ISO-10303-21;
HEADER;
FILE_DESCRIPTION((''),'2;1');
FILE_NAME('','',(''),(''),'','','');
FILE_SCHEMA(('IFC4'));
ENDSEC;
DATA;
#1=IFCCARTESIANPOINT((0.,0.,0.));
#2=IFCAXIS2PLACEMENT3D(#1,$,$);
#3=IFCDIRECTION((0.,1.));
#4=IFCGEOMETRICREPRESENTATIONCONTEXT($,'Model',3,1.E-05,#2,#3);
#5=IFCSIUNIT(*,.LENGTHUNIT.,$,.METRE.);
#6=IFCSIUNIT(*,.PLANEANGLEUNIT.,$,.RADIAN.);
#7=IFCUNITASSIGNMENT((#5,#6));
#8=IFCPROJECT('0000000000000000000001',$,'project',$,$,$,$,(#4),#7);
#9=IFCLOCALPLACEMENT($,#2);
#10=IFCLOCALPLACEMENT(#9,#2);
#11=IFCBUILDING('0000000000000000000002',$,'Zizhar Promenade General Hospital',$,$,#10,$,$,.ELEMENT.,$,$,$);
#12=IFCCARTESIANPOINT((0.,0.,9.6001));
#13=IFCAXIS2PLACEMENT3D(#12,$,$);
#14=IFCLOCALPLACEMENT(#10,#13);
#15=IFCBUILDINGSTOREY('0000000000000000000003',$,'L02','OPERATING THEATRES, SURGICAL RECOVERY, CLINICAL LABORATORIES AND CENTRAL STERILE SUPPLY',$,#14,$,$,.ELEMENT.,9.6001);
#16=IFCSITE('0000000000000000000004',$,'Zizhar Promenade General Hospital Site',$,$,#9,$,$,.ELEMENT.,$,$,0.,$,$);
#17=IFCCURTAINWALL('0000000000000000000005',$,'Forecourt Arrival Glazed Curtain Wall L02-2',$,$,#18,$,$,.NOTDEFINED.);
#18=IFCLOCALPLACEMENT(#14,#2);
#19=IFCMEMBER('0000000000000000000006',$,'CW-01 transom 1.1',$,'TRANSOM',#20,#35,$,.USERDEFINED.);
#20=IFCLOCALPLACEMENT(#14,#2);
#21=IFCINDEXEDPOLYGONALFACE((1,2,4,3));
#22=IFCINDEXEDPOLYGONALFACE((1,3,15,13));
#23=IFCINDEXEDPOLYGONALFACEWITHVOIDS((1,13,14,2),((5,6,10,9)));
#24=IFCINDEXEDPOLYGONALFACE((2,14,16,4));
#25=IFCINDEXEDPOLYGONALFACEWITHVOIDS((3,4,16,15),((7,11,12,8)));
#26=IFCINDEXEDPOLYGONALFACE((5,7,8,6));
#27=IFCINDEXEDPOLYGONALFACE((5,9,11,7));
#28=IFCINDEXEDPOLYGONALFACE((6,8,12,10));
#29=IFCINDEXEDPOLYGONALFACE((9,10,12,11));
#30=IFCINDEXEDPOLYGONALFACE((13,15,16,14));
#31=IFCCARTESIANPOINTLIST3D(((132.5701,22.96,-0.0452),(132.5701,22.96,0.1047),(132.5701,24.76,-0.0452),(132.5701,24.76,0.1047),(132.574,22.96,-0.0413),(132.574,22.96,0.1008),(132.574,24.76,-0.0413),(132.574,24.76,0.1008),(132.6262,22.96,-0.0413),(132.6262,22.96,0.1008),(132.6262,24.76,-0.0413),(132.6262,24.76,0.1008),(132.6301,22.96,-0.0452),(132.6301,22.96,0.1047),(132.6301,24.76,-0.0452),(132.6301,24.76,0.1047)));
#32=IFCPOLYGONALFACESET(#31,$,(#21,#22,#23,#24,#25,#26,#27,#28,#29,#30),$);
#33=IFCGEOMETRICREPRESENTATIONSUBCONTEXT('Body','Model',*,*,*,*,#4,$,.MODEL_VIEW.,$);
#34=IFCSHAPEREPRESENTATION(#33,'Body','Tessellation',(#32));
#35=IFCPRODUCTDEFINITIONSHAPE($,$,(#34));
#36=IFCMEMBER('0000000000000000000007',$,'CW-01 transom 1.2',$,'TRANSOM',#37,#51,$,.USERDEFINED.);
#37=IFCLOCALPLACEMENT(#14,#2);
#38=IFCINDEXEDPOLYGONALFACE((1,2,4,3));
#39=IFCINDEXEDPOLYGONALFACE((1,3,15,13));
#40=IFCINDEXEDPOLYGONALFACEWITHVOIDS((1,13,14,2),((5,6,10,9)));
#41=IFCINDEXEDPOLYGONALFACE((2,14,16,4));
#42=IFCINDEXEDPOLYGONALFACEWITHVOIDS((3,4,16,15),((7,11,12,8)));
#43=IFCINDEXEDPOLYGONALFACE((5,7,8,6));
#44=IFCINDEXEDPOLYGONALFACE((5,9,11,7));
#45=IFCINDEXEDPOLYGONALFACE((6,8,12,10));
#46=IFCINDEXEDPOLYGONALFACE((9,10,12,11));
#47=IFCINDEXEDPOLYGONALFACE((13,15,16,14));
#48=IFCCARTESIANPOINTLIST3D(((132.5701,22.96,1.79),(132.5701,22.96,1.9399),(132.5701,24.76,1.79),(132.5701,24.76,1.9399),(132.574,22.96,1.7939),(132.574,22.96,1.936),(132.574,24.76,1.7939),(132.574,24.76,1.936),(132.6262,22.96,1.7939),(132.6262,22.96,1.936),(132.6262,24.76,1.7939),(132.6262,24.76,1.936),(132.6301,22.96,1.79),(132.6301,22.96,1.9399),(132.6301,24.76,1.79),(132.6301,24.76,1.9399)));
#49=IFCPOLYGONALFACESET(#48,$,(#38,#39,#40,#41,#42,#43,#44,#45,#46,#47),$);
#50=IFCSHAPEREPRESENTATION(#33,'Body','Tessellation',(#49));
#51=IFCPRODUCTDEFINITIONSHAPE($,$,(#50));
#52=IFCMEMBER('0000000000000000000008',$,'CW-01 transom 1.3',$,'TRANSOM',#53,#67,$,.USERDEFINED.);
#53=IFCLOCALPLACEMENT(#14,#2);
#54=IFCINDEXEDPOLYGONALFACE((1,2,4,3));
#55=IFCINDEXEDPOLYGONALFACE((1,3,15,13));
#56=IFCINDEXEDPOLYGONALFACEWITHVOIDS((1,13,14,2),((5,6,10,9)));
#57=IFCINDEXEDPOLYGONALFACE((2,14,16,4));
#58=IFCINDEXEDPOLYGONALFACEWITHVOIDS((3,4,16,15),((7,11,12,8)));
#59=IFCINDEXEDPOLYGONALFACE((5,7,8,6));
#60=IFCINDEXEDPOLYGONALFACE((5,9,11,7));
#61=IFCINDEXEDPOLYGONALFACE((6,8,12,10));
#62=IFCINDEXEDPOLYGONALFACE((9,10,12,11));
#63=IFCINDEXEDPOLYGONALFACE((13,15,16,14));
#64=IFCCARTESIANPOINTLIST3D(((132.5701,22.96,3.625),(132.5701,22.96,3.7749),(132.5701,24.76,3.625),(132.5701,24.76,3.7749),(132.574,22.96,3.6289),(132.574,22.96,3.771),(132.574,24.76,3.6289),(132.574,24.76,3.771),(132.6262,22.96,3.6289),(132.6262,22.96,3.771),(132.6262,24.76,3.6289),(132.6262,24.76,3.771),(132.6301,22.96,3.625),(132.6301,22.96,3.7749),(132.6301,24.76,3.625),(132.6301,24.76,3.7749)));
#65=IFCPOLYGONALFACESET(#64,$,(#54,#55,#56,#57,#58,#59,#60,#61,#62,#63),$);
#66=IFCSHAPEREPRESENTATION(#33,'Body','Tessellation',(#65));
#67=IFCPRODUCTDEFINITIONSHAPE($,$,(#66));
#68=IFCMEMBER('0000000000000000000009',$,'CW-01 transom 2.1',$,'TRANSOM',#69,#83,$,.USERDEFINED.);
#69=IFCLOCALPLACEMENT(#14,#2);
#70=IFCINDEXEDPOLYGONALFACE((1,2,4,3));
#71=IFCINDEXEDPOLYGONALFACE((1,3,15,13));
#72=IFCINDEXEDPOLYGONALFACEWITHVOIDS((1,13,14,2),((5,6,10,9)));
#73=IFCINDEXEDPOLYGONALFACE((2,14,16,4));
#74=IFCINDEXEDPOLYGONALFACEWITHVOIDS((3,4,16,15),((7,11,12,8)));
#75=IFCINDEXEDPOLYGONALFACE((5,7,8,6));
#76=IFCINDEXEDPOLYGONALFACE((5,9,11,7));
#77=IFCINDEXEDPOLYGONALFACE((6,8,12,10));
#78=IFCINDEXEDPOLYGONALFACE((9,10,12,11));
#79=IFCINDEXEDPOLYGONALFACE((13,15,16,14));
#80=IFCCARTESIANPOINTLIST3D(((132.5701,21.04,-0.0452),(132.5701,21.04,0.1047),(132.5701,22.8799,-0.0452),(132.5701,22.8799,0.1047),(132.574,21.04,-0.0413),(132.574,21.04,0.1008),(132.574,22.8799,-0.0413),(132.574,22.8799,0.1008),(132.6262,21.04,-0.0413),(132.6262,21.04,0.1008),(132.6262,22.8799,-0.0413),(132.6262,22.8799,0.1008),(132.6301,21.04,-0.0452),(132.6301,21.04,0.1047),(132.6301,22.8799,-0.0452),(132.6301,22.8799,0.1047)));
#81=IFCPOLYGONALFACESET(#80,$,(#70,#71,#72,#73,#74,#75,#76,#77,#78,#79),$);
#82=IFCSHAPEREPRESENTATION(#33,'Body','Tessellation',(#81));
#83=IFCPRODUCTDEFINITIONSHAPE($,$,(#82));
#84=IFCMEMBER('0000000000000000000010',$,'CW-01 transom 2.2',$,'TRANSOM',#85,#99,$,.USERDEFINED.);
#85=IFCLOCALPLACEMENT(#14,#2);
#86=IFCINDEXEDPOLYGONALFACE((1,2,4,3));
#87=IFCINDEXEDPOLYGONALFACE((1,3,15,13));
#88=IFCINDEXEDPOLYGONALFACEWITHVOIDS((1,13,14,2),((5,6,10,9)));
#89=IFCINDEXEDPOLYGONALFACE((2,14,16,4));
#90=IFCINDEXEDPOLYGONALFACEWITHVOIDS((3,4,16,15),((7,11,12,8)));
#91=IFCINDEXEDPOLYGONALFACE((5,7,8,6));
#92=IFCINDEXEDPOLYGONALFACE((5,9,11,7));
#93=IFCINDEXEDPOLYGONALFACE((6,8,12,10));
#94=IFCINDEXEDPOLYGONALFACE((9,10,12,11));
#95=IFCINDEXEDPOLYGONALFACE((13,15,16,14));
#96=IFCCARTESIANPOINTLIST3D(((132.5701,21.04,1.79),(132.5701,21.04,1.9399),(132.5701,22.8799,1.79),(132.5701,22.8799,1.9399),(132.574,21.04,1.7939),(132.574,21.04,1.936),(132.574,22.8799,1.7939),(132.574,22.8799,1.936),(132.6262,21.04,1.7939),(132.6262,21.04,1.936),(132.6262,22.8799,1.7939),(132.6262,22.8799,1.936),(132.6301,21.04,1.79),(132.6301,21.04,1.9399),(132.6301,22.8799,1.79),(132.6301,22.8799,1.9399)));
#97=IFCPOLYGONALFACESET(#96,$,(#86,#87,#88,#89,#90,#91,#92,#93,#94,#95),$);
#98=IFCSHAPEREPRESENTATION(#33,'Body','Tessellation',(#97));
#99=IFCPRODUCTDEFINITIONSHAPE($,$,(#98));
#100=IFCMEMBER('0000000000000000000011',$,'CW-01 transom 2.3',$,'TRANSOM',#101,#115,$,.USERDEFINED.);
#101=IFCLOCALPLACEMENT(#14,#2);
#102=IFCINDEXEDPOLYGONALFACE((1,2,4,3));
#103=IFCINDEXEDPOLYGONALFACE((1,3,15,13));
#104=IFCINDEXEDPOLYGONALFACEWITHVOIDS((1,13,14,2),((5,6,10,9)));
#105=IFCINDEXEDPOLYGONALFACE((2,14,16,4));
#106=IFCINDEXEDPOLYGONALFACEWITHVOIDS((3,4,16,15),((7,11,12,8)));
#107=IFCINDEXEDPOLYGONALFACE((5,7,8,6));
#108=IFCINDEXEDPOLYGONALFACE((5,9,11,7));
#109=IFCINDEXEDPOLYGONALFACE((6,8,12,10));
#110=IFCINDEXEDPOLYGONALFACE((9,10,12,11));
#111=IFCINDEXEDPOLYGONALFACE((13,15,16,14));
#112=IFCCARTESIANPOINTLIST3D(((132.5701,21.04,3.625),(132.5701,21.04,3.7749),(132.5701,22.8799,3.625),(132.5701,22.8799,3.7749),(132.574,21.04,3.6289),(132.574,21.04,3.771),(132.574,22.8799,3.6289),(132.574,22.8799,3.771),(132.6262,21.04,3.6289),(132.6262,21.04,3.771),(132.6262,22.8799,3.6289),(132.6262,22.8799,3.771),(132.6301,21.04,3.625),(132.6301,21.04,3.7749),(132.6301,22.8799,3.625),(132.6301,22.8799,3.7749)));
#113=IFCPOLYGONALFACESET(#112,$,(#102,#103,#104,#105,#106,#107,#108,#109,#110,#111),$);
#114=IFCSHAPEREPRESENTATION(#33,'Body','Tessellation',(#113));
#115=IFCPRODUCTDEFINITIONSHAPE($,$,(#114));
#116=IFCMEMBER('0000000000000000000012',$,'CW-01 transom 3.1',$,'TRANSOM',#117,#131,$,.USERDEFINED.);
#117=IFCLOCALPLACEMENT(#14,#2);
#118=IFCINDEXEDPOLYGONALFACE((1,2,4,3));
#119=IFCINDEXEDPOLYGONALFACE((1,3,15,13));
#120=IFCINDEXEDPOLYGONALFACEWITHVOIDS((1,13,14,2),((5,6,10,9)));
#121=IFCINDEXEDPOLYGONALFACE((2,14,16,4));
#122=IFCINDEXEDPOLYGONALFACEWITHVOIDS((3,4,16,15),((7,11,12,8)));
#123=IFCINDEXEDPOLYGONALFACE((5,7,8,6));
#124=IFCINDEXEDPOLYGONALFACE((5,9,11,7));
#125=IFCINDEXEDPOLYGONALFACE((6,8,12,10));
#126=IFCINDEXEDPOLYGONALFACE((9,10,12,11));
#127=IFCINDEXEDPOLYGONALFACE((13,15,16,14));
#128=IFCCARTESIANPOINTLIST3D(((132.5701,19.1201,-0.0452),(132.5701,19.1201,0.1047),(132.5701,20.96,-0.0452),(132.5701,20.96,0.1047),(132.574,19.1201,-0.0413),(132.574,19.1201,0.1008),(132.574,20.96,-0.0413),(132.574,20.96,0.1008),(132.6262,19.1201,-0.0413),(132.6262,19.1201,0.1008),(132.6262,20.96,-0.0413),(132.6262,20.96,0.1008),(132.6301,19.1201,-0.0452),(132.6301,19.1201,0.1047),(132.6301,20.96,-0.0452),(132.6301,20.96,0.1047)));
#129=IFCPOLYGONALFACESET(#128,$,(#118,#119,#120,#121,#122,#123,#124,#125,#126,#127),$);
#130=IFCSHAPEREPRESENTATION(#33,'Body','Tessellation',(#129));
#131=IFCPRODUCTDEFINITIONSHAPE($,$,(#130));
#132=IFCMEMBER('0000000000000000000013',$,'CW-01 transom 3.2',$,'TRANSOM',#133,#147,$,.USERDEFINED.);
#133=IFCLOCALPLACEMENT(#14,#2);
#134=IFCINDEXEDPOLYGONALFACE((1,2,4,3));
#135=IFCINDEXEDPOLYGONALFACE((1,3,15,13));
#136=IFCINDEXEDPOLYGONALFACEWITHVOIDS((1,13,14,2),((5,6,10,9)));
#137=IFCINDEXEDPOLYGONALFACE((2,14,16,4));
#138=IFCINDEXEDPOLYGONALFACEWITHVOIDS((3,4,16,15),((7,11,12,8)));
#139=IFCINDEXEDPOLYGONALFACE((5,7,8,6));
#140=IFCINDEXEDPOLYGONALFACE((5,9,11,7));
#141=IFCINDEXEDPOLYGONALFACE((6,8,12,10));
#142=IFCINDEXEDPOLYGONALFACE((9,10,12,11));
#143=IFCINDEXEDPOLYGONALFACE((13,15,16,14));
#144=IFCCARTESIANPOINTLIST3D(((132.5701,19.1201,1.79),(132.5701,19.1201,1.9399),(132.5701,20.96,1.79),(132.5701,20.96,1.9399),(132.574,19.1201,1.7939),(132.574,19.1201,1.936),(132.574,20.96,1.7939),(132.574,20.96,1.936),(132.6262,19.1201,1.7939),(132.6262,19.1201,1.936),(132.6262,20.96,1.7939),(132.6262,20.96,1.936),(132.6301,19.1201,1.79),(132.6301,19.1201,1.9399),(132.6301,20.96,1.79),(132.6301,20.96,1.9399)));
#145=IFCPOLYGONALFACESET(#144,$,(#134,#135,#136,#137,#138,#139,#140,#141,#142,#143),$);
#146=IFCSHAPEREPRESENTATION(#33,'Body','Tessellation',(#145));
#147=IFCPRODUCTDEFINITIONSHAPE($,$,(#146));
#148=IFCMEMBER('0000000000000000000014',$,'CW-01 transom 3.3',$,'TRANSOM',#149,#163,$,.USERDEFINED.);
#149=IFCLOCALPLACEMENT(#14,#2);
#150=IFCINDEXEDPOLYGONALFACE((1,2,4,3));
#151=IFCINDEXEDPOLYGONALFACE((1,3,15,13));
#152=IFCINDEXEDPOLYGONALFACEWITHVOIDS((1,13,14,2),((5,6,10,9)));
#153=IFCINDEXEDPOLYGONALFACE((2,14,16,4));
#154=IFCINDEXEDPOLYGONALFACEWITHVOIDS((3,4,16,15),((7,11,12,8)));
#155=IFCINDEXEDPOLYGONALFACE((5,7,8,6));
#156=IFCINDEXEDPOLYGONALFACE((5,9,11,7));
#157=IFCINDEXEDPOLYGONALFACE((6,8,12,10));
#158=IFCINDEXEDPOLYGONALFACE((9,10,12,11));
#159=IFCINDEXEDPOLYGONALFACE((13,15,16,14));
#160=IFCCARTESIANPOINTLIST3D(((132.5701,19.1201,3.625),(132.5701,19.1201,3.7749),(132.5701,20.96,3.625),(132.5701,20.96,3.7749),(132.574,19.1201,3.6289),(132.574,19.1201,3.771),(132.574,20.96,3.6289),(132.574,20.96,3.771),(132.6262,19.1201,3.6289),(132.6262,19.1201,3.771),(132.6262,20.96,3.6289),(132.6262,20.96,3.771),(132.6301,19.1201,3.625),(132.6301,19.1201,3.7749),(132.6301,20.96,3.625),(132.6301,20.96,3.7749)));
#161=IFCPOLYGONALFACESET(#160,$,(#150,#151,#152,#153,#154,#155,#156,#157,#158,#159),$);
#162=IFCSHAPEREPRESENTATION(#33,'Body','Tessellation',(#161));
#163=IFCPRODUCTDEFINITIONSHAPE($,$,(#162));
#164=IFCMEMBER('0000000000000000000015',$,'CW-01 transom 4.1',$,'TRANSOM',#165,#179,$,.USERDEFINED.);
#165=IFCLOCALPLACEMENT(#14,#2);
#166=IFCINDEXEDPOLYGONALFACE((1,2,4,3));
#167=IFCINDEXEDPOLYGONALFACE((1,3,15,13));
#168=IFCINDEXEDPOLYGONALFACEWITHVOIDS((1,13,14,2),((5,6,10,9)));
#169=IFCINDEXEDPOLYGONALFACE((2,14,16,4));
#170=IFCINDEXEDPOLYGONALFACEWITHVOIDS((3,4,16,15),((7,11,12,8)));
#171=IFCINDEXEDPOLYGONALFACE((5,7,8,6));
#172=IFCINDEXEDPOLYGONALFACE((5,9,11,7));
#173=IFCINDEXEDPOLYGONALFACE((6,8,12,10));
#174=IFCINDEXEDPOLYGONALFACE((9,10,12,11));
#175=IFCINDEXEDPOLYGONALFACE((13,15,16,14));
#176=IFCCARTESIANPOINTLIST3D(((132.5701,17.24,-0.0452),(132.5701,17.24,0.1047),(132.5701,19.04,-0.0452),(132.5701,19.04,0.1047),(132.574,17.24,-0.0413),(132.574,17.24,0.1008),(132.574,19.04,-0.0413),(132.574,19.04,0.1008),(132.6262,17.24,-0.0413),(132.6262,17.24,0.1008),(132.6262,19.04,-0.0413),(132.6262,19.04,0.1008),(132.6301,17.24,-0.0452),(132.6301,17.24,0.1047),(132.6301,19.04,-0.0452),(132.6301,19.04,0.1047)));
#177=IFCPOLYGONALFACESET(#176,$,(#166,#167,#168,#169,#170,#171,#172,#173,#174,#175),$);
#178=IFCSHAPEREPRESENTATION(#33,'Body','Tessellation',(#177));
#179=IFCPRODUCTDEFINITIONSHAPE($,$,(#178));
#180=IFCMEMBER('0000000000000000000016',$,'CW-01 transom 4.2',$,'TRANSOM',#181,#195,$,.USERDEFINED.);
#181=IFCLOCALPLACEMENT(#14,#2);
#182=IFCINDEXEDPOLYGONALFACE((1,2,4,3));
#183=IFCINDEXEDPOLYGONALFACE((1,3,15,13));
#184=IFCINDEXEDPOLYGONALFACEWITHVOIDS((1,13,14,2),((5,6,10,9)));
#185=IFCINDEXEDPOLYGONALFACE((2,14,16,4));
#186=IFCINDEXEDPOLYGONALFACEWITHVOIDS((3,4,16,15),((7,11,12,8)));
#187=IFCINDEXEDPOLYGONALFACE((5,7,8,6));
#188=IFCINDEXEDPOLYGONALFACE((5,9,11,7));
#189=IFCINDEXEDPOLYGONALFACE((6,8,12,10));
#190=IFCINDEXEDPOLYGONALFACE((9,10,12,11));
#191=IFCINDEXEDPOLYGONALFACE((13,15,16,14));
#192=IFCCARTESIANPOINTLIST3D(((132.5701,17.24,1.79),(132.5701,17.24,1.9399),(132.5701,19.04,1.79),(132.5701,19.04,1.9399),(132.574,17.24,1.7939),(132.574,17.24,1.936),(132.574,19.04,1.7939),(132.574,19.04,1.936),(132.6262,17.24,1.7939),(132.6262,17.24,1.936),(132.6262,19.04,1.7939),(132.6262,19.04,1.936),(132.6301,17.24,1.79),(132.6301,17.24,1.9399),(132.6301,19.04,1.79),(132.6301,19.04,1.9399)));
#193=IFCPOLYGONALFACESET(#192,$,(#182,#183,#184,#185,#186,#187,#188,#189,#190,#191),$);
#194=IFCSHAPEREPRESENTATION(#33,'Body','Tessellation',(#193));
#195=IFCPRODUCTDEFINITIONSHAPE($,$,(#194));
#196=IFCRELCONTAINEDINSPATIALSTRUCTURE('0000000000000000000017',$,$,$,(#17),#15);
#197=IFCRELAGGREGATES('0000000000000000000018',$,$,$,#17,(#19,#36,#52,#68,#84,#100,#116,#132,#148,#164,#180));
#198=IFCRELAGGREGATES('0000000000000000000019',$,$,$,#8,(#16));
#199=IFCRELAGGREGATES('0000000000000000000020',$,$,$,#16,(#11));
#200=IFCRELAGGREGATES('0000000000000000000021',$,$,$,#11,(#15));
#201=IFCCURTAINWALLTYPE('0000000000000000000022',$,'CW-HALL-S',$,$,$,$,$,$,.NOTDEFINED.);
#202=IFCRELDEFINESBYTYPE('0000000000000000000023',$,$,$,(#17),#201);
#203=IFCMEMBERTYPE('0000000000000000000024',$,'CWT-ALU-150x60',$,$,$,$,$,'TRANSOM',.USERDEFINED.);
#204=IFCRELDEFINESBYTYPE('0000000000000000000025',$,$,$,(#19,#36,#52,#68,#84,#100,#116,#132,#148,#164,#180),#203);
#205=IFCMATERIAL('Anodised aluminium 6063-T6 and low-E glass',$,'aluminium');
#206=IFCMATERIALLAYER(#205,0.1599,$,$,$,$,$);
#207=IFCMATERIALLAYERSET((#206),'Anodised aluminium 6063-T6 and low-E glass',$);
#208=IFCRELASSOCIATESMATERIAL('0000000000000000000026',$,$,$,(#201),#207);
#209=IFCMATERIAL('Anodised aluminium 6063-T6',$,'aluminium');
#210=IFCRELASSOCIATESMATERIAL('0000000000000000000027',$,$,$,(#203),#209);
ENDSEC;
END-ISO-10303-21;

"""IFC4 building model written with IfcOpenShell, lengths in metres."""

from ifc_helpers import new_model, si_unit, direction, frame, origin, origin_2d, place, context, subcontext, project, spatial, hollow_rectangle, extrude, material, layer, layer_set, material_profile, profile_set, type_object, element, aggregate, save


model = new_model("IFC4")

# Units and contexts
model_context = context("Model", 3, precision=1e-05, world=origin(), true_north=direction((0.0, 1.0)))
body_context = subcontext(model_context, "Body", "Model", "MODEL_VIEW")
ifc_project = project(units=[si_unit("LENGTHUNIT", "METRE"), si_unit("PLANEANGLEUNIT", "RADIAN")], contexts=[model_context])

# Site, building, storey
site_placement = place(None, origin())
site = spatial("IfcSite", under=ifc_project, at=site_placement, Name="Zizhar Promenade General Hospital Site", CompositionType="ELEMENT", RefElevation=0.0)
building_placement = place(site_placement, origin())
building = spatial("IfcBuilding", under=site, at=building_placement, Name="Zizhar Promenade General Hospital", CompositionType="ELEMENT")
storey_placement = place(building_placement, frame((0.0, 0.0, 9.6001)))
storey = spatial("IfcBuildingStorey", under=building, at=storey_placement, Name="L02", Description="OPERATING THEATRES, SURGICAL RECOVERY, CLINICAL LABORATORIES AND CENTRAL STERILE SUPPLY", CompositionType="ELEMENT", Elevation=9.6001)

# Curtain wall, members
ifc_material_1 = material(Name="Anodised aluminium 6063-T6 and low-E glass", Category="aluminium")
ifc_layer_1 = layer(ifc_material_1, 0.1599)
ifc_layer_set_1 = layer_set([ifc_layer_1], Name="Anodised aluminium 6063-T6 and low-E glass")
curtain_wall_type = type_object("IfcCurtainWallType", Name="CW-HALL-S", PredefinedType="NOTDEFINED", material=ifc_layer_set_1)
curtain_wall_placement = place(storey_placement, origin())
curtain_wall = element("IfcCurtainWall", 1, at=curtain_wall_placement, inside=storey, type_object=curtain_wall_type, Name="Forecourt Arrival Glazed Curtain Wall L02-2", PredefinedType="NOTDEFINED")
ifc_material_2 = material(Name="Anodised aluminium 6063-T6", Category="aluminium")
ifc_material_profile_1 = material_profile(ifc_material_2, hollow_rectangle(XDim=0.0601, YDim=0.1499, WallThickness=0.0039, at=origin_2d()))
ifc_profile_set_1 = profile_set([ifc_material_profile_1], Name="Anodised aluminium 6063-T6")
member_type_1 = type_object("IfcMemberType", Name="CWT-ALU-150x60", ElementType="TRANSOM", PredefinedType="USERDEFINED", material=ifc_profile_set_1)
member_1_placement = place(storey_placement, frame((132.6001, 24.76, 0.0298), z_axis=(0.0, -1.0, 0.0), x_axis=(1.0, 0.0, 0.0)))
member_1 = element("IfcMember", 2, at=member_1_placement, type_object=member_type_1, Name="CW-01 transom 1.1", ObjectType="TRANSOM", PredefinedType="USERDEFINED", context=body_context, shape_type="SweptSolid", body=[
    extrude(hollow_rectangle(XDim=0.0601, YDim=0.1499, WallThickness=0.0039, at=origin_2d()), origin(), (0.0, 0.0, 1.0), 1.8),
])
member_2_placement = place(storey_placement, frame((132.6001, 24.76, 1.865), z_axis=(0.0, -1.0, 0.0), x_axis=(1.0, 0.0, 0.0)))
member_2 = element("IfcMember", 3, at=member_2_placement, type_object=member_type_1, Name="CW-01 transom 1.2", ObjectType="TRANSOM", PredefinedType="USERDEFINED", context=body_context, shape_type="SweptSolid", body=[
    extrude(hollow_rectangle(XDim=0.0601, YDim=0.1499, WallThickness=0.0039, at=origin_2d()), origin(), (0.0, 0.0, 1.0), 1.8),
])
member_3_placement = place(storey_placement, frame((132.6001, 24.76, 3.7), z_axis=(0.0, -1.0, 0.0), x_axis=(1.0, 0.0, 0.0)))
member_3 = element("IfcMember", 4, at=member_3_placement, type_object=member_type_1, Name="CW-01 transom 1.3", ObjectType="TRANSOM", PredefinedType="USERDEFINED", context=body_context, shape_type="SweptSolid", body=[
    extrude(hollow_rectangle(XDim=0.0601, YDim=0.1499, WallThickness=0.0039, at=origin_2d()), origin(), (0.0, 0.0, 1.0), 1.8),
])
member_4_placement = place(storey_placement, frame((132.6001, 22.8799, 0.0298), z_axis=(0.0, -1.0, 0.0), x_axis=(1.0, 0.0, 0.0)))
member_4 = element("IfcMember", 5, at=member_4_placement, type_object=member_type_1, Name="CW-01 transom 2.1", ObjectType="TRANSOM", PredefinedType="USERDEFINED", context=body_context, shape_type="SweptSolid", body=[
    extrude(hollow_rectangle(XDim=0.0601, YDim=0.1499, WallThickness=0.0039, at=origin_2d()), origin(), (0.0, 0.0, 1.0), 1.8398),
])
member_5_placement = place(storey_placement, frame((132.6001, 22.8799, 1.865), z_axis=(0.0, -1.0, 0.0), x_axis=(1.0, 0.0, 0.0)))
member_5 = element("IfcMember", 6, at=member_5_placement, type_object=member_type_1, Name="CW-01 transom 2.2", ObjectType="TRANSOM", PredefinedType="USERDEFINED", context=body_context, shape_type="SweptSolid", body=[
    extrude(hollow_rectangle(XDim=0.0601, YDim=0.1499, WallThickness=0.0039, at=origin_2d()), origin(), (0.0, 0.0, 1.0), 1.8398),
])
member_6_placement = place(storey_placement, frame((132.6001, 22.8799, 3.7), z_axis=(0.0, -1.0, 0.0), x_axis=(1.0, 0.0, 0.0)))
member_6 = element("IfcMember", 7, at=member_6_placement, type_object=member_type_1, Name="CW-01 transom 2.3", ObjectType="TRANSOM", PredefinedType="USERDEFINED", context=body_context, shape_type="SweptSolid", body=[
    extrude(hollow_rectangle(XDim=0.0601, YDim=0.1499, WallThickness=0.0039, at=origin_2d()), origin(), (0.0, 0.0, 1.0), 1.8398),
])
member_7_placement = place(storey_placement, frame((132.6001, 20.96, 0.0298), z_axis=(0.0, -1.0, 0.0), x_axis=(1.0, 0.0, 0.0)))
member_7 = element("IfcMember", 8, at=member_7_placement, type_object=member_type_1, Name="CW-01 transom 3.1", ObjectType="TRANSOM", PredefinedType="USERDEFINED", context=body_context, shape_type="SweptSolid", body=[
    extrude(hollow_rectangle(XDim=0.0601, YDim=0.1499, WallThickness=0.0039, at=origin_2d()), origin(), (0.0, 0.0, 1.0), 1.8398),
])
member_8_placement = place(storey_placement, frame((132.6001, 20.96, 1.865), z_axis=(0.0, -1.0, 0.0), x_axis=(1.0, 0.0, 0.0)))
member_8 = element("IfcMember", 9, at=member_8_placement, type_object=member_type_1, Name="CW-01 transom 3.2", ObjectType="TRANSOM", PredefinedType="USERDEFINED", context=body_context, shape_type="SweptSolid", body=[
    extrude(hollow_rectangle(XDim=0.0601, YDim=0.1499, WallThickness=0.0039, at=origin_2d()), origin(), (0.0, 0.0, 1.0), 1.8398),
])
member_9_placement = place(storey_placement, frame((132.6001, 20.96, 3.7), z_axis=(0.0, -1.0, 0.0), x_axis=(1.0, 0.0, 0.0)))
member_9 = element("IfcMember", 10, at=member_9_placement, type_object=member_type_1, Name="CW-01 transom 3.3", ObjectType="TRANSOM", PredefinedType="USERDEFINED", context=body_context, shape_type="SweptSolid", body=[
    extrude(hollow_rectangle(XDim=0.0601, YDim=0.1499, WallThickness=0.0039, at=origin_2d()), origin(), (0.0, 0.0, 1.0), 1.8398),
])
member_10_placement = place(storey_placement, frame((132.6001, 19.04, 0.0298), z_axis=(0.0, -1.0, 0.0), x_axis=(1.0, 0.0, 0.0)))
member_10 = element("IfcMember", 11, at=member_10_placement, type_object=member_type_1, Name="CW-01 transom 4.1", ObjectType="TRANSOM", PredefinedType="USERDEFINED", context=body_context, shape_type="SweptSolid", body=[
    extrude(hollow_rectangle(XDim=0.0601, YDim=0.1499, WallThickness=0.0039, at=origin_2d()), origin(), (0.0, 0.0, 1.0), 1.8),
])
member_11_placement = place(storey_placement, frame((132.6001, 19.04, 1.865), z_axis=(0.0, -1.0, 0.0), x_axis=(1.0, 0.0, 0.0)))
member_11 = element("IfcMember", 12, at=member_11_placement, type_object=member_type_1, Name="CW-01 transom 4.2", ObjectType="TRANSOM", PredefinedType="USERDEFINED", context=body_context, shape_type="SweptSolid", body=[
    extrude(hollow_rectangle(XDim=0.0601, YDim=0.1499, WallThickness=0.0039, at=origin_2d()), origin(), (0.0, 0.0, 1.0), 1.8),
])
aggregate(curtain_wall, [member_1, member_2, member_3, member_4, member_5, member_6, member_7, member_8, member_9, member_10, member_11])

save(model, "model.ifc")
